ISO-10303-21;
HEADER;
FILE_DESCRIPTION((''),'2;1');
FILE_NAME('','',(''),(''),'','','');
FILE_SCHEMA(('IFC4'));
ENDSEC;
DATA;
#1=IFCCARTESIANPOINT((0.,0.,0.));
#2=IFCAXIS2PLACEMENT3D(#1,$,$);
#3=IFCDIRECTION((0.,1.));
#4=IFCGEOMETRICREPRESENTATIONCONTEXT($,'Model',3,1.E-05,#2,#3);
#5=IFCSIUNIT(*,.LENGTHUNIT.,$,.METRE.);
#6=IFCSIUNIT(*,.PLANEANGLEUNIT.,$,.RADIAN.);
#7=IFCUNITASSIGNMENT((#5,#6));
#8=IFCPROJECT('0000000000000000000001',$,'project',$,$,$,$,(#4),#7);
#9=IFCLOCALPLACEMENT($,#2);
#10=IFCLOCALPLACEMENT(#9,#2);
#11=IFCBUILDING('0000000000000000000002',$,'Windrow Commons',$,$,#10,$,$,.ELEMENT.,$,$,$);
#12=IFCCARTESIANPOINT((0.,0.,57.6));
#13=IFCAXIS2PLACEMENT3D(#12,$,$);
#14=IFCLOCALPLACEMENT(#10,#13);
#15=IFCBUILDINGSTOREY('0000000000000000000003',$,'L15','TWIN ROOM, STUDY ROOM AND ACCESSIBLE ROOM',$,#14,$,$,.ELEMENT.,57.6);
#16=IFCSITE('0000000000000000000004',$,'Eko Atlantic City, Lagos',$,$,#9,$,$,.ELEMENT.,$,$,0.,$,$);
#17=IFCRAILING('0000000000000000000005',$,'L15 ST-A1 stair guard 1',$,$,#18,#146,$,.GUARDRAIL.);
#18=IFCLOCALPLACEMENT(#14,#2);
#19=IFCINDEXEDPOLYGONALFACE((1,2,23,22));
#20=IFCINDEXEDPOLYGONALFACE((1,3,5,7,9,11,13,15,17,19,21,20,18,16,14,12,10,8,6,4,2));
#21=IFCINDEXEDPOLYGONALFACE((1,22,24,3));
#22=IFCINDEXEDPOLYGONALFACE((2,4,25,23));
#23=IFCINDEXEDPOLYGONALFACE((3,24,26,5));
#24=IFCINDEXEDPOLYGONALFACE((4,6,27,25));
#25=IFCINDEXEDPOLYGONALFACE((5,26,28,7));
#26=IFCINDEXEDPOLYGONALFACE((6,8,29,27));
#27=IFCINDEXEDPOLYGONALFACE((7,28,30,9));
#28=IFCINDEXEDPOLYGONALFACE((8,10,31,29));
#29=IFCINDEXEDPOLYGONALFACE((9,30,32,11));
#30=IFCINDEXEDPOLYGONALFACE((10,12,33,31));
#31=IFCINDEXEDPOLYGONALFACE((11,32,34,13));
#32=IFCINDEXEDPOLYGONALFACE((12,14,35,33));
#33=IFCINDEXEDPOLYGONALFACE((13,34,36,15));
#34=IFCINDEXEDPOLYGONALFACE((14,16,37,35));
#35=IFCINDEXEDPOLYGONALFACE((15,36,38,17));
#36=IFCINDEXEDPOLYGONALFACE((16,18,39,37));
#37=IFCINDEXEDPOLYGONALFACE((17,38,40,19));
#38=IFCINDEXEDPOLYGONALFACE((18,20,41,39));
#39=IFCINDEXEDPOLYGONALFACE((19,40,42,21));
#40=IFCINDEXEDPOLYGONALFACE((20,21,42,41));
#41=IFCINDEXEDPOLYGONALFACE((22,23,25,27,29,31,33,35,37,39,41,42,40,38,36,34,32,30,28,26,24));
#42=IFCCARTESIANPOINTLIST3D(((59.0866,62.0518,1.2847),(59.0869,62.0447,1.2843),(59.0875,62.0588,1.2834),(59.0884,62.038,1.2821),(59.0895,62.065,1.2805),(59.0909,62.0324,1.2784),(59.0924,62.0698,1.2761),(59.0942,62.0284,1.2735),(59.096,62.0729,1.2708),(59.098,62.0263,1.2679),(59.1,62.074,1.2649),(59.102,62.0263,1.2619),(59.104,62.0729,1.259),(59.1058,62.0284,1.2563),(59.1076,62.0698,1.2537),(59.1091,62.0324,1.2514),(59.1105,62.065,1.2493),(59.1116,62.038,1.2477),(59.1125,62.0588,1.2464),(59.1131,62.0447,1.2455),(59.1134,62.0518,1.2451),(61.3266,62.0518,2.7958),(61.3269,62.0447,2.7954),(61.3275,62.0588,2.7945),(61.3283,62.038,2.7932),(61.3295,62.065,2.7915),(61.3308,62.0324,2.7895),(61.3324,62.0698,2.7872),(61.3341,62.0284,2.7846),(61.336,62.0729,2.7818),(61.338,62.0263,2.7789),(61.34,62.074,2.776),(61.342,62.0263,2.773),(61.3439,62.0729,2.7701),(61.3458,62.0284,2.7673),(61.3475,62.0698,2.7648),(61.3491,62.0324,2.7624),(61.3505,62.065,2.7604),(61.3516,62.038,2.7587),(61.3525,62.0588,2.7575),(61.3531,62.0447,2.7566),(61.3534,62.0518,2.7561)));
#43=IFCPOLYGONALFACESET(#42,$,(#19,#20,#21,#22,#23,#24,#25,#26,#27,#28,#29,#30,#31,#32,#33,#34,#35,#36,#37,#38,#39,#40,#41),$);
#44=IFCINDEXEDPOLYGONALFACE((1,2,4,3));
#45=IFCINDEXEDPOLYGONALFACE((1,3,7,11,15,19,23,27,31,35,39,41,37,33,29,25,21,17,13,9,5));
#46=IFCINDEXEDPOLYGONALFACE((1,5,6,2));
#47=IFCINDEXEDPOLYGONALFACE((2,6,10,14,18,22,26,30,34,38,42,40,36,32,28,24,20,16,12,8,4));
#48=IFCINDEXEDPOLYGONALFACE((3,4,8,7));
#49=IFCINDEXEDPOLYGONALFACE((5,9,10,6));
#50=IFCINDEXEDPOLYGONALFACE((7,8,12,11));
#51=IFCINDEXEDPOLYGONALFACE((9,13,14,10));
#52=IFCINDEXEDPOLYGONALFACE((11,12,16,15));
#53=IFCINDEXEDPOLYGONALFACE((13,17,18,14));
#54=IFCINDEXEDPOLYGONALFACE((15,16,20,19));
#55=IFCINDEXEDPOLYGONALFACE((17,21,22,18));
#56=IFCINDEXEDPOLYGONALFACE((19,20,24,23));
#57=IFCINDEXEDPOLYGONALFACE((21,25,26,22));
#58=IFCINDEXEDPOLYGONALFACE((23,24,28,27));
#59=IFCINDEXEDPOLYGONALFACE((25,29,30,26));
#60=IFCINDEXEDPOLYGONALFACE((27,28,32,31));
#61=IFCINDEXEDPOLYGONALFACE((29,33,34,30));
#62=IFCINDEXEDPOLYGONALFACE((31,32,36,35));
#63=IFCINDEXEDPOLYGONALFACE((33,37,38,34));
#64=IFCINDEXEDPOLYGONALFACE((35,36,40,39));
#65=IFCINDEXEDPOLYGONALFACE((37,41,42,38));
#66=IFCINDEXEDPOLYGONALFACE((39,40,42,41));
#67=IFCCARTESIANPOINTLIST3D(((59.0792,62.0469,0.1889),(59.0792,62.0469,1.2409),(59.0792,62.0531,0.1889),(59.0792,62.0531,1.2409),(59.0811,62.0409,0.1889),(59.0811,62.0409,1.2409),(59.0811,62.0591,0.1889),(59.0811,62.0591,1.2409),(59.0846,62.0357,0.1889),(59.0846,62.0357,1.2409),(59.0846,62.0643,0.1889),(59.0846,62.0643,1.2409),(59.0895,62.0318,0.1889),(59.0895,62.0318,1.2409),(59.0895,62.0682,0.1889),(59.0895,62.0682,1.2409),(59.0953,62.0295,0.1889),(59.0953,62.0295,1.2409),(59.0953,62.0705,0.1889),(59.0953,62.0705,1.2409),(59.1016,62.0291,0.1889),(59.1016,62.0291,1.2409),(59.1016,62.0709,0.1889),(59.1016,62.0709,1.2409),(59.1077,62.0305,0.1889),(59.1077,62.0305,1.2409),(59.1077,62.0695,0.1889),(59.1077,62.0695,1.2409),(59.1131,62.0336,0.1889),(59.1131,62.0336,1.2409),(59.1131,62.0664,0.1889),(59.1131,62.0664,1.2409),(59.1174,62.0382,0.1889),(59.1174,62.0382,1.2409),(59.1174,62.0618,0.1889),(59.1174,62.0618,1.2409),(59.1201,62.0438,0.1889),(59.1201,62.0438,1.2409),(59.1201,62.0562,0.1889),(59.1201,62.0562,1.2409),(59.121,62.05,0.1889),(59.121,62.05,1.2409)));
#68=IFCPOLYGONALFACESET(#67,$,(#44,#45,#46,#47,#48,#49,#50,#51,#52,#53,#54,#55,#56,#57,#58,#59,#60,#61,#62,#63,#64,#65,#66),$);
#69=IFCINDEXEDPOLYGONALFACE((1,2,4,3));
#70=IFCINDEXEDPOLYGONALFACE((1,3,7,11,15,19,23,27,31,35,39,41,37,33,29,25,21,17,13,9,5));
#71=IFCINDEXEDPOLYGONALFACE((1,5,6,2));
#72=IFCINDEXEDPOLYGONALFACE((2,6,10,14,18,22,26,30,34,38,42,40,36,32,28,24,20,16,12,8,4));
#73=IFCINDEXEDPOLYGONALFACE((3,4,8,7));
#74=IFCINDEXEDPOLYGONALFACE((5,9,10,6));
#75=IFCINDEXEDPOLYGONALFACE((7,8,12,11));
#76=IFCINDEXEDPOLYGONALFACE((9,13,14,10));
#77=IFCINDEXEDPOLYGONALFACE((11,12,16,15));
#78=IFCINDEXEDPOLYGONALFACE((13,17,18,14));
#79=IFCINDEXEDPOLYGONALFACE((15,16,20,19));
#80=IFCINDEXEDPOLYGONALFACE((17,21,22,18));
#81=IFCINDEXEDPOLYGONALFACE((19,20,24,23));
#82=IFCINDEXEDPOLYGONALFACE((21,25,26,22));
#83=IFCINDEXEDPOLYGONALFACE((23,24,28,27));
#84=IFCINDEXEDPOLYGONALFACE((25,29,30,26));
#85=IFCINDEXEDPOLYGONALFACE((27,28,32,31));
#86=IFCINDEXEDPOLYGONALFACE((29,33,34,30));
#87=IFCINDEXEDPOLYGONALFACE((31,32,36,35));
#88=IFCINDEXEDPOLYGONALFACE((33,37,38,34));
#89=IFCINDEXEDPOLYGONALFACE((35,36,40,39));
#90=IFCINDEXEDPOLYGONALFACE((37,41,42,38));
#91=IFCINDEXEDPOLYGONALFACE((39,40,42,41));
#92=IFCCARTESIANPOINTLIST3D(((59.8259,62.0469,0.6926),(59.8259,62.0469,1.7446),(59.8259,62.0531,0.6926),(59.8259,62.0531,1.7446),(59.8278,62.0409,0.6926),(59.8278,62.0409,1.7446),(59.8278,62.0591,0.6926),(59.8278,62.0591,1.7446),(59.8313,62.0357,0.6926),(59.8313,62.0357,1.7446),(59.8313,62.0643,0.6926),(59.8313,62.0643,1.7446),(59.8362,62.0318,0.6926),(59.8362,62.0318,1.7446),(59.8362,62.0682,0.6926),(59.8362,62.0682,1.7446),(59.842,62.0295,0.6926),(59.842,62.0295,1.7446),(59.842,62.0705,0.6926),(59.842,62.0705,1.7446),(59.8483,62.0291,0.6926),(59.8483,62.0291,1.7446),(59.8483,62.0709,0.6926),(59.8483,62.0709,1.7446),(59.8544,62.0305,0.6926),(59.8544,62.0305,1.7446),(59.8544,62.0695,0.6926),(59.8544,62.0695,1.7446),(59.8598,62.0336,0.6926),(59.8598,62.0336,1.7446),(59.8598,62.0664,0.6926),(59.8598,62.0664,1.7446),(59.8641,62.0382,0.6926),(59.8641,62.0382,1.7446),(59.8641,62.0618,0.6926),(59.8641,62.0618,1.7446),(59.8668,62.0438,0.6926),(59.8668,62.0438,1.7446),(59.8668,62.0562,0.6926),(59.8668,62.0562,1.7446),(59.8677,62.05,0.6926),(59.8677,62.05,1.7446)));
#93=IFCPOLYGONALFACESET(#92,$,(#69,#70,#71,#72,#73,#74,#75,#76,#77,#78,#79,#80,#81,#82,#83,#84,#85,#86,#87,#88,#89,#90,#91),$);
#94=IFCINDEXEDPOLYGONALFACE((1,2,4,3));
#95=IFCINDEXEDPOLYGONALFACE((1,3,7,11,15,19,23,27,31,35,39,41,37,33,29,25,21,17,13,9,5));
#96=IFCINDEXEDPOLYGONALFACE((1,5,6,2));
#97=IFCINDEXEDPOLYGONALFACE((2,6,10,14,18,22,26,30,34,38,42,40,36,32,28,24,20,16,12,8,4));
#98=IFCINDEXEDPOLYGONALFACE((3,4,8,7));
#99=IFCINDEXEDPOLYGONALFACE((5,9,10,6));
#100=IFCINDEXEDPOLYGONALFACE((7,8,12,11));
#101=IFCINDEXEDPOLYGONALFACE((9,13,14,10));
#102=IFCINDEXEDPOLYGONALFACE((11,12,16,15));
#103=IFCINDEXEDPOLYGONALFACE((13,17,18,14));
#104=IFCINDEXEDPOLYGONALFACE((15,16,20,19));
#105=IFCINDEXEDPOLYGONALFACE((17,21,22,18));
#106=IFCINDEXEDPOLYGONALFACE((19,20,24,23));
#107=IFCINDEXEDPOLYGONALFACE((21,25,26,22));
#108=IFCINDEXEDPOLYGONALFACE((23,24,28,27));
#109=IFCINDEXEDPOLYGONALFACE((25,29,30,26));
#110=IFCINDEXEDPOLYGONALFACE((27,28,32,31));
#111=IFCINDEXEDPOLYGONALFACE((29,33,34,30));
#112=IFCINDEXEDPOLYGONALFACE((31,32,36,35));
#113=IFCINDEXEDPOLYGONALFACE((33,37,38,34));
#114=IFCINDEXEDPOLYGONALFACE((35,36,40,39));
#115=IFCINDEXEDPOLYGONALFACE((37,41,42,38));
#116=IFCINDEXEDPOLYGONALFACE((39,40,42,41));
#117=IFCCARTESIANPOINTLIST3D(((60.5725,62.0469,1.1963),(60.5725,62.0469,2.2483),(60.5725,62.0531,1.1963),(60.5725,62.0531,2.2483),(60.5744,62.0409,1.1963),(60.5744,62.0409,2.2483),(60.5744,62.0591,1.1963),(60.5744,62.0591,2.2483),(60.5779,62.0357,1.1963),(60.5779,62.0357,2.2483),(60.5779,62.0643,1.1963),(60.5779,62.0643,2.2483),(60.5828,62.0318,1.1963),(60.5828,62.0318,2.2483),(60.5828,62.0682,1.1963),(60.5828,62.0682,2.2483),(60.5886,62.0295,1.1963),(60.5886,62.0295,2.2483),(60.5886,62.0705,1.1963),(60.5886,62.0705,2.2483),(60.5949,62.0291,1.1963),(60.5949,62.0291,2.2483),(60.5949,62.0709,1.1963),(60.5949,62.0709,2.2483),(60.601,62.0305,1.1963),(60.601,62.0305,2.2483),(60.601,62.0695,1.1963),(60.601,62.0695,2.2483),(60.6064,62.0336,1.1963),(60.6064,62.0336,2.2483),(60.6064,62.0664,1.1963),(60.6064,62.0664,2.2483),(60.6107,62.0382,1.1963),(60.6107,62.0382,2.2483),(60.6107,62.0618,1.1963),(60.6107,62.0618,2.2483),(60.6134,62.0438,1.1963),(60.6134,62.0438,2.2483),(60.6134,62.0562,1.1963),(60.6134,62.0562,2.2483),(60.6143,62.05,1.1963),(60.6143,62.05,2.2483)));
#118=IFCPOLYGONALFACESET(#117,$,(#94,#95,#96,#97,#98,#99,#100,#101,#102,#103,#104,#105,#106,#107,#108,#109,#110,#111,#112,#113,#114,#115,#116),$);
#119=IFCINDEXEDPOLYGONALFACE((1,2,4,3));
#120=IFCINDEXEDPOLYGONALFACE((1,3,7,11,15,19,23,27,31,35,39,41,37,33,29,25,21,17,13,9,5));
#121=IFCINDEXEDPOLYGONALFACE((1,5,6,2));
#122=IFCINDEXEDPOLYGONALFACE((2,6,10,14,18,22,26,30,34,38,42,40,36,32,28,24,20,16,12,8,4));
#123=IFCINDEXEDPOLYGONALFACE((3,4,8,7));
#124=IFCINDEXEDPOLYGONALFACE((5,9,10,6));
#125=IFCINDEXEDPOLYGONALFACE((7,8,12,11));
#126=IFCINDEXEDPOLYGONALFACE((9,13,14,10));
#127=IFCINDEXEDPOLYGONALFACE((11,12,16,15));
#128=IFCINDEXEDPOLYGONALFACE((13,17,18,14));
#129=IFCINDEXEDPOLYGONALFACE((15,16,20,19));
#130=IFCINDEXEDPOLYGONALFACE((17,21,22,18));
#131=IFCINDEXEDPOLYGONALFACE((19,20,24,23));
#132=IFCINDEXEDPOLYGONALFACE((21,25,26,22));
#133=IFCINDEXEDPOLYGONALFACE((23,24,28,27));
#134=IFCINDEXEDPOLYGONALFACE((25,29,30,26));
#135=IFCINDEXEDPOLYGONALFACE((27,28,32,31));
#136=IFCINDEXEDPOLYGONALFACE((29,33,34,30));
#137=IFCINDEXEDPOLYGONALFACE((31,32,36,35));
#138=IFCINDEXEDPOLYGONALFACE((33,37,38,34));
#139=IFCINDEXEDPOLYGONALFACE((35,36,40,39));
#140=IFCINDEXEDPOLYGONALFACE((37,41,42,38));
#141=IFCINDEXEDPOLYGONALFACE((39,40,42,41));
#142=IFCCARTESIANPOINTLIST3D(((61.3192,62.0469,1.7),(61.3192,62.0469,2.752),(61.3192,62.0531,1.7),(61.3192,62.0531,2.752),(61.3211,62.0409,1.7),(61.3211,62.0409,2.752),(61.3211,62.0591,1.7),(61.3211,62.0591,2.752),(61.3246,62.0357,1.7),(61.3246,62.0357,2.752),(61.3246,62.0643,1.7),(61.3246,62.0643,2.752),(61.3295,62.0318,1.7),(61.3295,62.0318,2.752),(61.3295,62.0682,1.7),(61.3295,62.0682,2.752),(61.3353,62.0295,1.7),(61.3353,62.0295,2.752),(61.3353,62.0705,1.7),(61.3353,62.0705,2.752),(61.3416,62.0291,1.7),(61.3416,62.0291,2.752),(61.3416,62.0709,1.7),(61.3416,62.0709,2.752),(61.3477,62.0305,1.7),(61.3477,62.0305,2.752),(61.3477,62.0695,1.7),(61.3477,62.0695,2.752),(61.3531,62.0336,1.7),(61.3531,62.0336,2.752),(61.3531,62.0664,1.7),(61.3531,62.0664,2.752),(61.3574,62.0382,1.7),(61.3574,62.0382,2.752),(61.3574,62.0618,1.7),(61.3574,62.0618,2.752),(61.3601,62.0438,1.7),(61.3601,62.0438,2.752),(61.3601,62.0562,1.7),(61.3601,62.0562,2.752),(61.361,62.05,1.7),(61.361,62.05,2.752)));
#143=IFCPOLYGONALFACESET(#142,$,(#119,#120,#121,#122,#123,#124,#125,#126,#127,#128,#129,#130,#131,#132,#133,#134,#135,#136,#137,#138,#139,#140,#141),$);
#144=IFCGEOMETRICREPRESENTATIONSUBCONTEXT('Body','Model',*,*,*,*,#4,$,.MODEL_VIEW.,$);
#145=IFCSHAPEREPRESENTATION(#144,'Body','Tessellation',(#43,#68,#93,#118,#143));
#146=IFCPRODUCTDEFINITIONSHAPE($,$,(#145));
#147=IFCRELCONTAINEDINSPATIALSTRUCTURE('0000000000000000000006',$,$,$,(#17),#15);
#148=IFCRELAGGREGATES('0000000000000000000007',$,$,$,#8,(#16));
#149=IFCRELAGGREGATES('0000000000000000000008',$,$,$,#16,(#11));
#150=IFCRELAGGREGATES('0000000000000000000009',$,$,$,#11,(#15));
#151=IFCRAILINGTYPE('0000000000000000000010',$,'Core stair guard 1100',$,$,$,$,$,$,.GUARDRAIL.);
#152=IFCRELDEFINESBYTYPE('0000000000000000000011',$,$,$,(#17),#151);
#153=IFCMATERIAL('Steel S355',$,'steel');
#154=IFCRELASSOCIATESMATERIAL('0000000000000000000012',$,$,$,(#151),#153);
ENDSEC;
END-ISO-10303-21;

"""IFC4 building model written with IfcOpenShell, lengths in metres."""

from ifc_helpers import new_model, si_unit, direction, frame, origin, origin_2d, place, context, subcontext, project, spatial, circle, extrude, material, type_object, element, save


model = new_model("IFC4")

# Units and contexts
model_context = context("Model", 3, precision=1e-05, world=origin(), true_north=direction((0.0, 1.0)))
body_context = subcontext(model_context, "Body", "Model", "MODEL_VIEW")
ifc_project = project(units=[si_unit("LENGTHUNIT", "METRE"), si_unit("PLANEANGLEUNIT", "RADIAN")], contexts=[model_context])

# Site, building, storey
site_placement = place(None, origin())
site = spatial("IfcSite", under=ifc_project, at=site_placement, Name="Eko Atlantic City, Lagos", CompositionType="ELEMENT", RefElevation=0.0)
building_placement = place(site_placement, origin())
building = spatial("IfcBuilding", under=site, at=building_placement, Name="Windrow Commons", CompositionType="ELEMENT")
storey_placement = place(building_placement, frame((0.0, 0.0, 57.6)))
storey = spatial("IfcBuildingStorey", under=building, at=storey_placement, Name="L15", Description="TWIN ROOM, STUDY ROOM AND ACCESSIBLE ROOM", CompositionType="ELEMENT", Elevation=57.6)

# Railing
ifc_material_1 = material(Name="Steel S355", Category="steel")
railing_type_1 = type_object("IfcRailingType", Name="Core stair guard 1100", PredefinedType="GUARDRAIL", material=ifc_material_1)
railing_1_placement = place(storey_placement, frame((59.1, 62.05, 0.1889)))
element("IfcRailing", 1, at=railing_1_placement, inside=storey, type_object=railing_type_1, Name="L15 ST-A1 stair guard 1", PredefinedType="GUARDRAIL", context=body_context, shape_type="SweptSolid", body=[
    extrude(circle(Radius=0.024, at=origin_2d()), frame((0.0, 0.0, 1.076), z_axis=(0.829003, 0.0, 0.559244), x_axis=(0.0, 1.0, 0.0)), (0.0, 0.0, 1.0), 2.702),
    extrude(circle(Radius=0.021, at=origin_2d()), origin(), (0.0, 0.0, 1.0), 1.052),
    extrude(circle(Radius=0.021, at=origin_2d()), frame((0.7467, 0.0, 0.5037)), (0.0, 0.0, 1.0), 1.052),
    extrude(circle(Radius=0.021, at=origin_2d()), frame((1.4933, 0.0, 1.0074)), (0.0, 0.0, 1.0), 1.052),
    extrude(circle(Radius=0.021, at=origin_2d()), frame((2.24, 0.0, 1.5111)), (0.0, 0.0, 1.0), 1.052),
])

save(model, "model.ifc")
